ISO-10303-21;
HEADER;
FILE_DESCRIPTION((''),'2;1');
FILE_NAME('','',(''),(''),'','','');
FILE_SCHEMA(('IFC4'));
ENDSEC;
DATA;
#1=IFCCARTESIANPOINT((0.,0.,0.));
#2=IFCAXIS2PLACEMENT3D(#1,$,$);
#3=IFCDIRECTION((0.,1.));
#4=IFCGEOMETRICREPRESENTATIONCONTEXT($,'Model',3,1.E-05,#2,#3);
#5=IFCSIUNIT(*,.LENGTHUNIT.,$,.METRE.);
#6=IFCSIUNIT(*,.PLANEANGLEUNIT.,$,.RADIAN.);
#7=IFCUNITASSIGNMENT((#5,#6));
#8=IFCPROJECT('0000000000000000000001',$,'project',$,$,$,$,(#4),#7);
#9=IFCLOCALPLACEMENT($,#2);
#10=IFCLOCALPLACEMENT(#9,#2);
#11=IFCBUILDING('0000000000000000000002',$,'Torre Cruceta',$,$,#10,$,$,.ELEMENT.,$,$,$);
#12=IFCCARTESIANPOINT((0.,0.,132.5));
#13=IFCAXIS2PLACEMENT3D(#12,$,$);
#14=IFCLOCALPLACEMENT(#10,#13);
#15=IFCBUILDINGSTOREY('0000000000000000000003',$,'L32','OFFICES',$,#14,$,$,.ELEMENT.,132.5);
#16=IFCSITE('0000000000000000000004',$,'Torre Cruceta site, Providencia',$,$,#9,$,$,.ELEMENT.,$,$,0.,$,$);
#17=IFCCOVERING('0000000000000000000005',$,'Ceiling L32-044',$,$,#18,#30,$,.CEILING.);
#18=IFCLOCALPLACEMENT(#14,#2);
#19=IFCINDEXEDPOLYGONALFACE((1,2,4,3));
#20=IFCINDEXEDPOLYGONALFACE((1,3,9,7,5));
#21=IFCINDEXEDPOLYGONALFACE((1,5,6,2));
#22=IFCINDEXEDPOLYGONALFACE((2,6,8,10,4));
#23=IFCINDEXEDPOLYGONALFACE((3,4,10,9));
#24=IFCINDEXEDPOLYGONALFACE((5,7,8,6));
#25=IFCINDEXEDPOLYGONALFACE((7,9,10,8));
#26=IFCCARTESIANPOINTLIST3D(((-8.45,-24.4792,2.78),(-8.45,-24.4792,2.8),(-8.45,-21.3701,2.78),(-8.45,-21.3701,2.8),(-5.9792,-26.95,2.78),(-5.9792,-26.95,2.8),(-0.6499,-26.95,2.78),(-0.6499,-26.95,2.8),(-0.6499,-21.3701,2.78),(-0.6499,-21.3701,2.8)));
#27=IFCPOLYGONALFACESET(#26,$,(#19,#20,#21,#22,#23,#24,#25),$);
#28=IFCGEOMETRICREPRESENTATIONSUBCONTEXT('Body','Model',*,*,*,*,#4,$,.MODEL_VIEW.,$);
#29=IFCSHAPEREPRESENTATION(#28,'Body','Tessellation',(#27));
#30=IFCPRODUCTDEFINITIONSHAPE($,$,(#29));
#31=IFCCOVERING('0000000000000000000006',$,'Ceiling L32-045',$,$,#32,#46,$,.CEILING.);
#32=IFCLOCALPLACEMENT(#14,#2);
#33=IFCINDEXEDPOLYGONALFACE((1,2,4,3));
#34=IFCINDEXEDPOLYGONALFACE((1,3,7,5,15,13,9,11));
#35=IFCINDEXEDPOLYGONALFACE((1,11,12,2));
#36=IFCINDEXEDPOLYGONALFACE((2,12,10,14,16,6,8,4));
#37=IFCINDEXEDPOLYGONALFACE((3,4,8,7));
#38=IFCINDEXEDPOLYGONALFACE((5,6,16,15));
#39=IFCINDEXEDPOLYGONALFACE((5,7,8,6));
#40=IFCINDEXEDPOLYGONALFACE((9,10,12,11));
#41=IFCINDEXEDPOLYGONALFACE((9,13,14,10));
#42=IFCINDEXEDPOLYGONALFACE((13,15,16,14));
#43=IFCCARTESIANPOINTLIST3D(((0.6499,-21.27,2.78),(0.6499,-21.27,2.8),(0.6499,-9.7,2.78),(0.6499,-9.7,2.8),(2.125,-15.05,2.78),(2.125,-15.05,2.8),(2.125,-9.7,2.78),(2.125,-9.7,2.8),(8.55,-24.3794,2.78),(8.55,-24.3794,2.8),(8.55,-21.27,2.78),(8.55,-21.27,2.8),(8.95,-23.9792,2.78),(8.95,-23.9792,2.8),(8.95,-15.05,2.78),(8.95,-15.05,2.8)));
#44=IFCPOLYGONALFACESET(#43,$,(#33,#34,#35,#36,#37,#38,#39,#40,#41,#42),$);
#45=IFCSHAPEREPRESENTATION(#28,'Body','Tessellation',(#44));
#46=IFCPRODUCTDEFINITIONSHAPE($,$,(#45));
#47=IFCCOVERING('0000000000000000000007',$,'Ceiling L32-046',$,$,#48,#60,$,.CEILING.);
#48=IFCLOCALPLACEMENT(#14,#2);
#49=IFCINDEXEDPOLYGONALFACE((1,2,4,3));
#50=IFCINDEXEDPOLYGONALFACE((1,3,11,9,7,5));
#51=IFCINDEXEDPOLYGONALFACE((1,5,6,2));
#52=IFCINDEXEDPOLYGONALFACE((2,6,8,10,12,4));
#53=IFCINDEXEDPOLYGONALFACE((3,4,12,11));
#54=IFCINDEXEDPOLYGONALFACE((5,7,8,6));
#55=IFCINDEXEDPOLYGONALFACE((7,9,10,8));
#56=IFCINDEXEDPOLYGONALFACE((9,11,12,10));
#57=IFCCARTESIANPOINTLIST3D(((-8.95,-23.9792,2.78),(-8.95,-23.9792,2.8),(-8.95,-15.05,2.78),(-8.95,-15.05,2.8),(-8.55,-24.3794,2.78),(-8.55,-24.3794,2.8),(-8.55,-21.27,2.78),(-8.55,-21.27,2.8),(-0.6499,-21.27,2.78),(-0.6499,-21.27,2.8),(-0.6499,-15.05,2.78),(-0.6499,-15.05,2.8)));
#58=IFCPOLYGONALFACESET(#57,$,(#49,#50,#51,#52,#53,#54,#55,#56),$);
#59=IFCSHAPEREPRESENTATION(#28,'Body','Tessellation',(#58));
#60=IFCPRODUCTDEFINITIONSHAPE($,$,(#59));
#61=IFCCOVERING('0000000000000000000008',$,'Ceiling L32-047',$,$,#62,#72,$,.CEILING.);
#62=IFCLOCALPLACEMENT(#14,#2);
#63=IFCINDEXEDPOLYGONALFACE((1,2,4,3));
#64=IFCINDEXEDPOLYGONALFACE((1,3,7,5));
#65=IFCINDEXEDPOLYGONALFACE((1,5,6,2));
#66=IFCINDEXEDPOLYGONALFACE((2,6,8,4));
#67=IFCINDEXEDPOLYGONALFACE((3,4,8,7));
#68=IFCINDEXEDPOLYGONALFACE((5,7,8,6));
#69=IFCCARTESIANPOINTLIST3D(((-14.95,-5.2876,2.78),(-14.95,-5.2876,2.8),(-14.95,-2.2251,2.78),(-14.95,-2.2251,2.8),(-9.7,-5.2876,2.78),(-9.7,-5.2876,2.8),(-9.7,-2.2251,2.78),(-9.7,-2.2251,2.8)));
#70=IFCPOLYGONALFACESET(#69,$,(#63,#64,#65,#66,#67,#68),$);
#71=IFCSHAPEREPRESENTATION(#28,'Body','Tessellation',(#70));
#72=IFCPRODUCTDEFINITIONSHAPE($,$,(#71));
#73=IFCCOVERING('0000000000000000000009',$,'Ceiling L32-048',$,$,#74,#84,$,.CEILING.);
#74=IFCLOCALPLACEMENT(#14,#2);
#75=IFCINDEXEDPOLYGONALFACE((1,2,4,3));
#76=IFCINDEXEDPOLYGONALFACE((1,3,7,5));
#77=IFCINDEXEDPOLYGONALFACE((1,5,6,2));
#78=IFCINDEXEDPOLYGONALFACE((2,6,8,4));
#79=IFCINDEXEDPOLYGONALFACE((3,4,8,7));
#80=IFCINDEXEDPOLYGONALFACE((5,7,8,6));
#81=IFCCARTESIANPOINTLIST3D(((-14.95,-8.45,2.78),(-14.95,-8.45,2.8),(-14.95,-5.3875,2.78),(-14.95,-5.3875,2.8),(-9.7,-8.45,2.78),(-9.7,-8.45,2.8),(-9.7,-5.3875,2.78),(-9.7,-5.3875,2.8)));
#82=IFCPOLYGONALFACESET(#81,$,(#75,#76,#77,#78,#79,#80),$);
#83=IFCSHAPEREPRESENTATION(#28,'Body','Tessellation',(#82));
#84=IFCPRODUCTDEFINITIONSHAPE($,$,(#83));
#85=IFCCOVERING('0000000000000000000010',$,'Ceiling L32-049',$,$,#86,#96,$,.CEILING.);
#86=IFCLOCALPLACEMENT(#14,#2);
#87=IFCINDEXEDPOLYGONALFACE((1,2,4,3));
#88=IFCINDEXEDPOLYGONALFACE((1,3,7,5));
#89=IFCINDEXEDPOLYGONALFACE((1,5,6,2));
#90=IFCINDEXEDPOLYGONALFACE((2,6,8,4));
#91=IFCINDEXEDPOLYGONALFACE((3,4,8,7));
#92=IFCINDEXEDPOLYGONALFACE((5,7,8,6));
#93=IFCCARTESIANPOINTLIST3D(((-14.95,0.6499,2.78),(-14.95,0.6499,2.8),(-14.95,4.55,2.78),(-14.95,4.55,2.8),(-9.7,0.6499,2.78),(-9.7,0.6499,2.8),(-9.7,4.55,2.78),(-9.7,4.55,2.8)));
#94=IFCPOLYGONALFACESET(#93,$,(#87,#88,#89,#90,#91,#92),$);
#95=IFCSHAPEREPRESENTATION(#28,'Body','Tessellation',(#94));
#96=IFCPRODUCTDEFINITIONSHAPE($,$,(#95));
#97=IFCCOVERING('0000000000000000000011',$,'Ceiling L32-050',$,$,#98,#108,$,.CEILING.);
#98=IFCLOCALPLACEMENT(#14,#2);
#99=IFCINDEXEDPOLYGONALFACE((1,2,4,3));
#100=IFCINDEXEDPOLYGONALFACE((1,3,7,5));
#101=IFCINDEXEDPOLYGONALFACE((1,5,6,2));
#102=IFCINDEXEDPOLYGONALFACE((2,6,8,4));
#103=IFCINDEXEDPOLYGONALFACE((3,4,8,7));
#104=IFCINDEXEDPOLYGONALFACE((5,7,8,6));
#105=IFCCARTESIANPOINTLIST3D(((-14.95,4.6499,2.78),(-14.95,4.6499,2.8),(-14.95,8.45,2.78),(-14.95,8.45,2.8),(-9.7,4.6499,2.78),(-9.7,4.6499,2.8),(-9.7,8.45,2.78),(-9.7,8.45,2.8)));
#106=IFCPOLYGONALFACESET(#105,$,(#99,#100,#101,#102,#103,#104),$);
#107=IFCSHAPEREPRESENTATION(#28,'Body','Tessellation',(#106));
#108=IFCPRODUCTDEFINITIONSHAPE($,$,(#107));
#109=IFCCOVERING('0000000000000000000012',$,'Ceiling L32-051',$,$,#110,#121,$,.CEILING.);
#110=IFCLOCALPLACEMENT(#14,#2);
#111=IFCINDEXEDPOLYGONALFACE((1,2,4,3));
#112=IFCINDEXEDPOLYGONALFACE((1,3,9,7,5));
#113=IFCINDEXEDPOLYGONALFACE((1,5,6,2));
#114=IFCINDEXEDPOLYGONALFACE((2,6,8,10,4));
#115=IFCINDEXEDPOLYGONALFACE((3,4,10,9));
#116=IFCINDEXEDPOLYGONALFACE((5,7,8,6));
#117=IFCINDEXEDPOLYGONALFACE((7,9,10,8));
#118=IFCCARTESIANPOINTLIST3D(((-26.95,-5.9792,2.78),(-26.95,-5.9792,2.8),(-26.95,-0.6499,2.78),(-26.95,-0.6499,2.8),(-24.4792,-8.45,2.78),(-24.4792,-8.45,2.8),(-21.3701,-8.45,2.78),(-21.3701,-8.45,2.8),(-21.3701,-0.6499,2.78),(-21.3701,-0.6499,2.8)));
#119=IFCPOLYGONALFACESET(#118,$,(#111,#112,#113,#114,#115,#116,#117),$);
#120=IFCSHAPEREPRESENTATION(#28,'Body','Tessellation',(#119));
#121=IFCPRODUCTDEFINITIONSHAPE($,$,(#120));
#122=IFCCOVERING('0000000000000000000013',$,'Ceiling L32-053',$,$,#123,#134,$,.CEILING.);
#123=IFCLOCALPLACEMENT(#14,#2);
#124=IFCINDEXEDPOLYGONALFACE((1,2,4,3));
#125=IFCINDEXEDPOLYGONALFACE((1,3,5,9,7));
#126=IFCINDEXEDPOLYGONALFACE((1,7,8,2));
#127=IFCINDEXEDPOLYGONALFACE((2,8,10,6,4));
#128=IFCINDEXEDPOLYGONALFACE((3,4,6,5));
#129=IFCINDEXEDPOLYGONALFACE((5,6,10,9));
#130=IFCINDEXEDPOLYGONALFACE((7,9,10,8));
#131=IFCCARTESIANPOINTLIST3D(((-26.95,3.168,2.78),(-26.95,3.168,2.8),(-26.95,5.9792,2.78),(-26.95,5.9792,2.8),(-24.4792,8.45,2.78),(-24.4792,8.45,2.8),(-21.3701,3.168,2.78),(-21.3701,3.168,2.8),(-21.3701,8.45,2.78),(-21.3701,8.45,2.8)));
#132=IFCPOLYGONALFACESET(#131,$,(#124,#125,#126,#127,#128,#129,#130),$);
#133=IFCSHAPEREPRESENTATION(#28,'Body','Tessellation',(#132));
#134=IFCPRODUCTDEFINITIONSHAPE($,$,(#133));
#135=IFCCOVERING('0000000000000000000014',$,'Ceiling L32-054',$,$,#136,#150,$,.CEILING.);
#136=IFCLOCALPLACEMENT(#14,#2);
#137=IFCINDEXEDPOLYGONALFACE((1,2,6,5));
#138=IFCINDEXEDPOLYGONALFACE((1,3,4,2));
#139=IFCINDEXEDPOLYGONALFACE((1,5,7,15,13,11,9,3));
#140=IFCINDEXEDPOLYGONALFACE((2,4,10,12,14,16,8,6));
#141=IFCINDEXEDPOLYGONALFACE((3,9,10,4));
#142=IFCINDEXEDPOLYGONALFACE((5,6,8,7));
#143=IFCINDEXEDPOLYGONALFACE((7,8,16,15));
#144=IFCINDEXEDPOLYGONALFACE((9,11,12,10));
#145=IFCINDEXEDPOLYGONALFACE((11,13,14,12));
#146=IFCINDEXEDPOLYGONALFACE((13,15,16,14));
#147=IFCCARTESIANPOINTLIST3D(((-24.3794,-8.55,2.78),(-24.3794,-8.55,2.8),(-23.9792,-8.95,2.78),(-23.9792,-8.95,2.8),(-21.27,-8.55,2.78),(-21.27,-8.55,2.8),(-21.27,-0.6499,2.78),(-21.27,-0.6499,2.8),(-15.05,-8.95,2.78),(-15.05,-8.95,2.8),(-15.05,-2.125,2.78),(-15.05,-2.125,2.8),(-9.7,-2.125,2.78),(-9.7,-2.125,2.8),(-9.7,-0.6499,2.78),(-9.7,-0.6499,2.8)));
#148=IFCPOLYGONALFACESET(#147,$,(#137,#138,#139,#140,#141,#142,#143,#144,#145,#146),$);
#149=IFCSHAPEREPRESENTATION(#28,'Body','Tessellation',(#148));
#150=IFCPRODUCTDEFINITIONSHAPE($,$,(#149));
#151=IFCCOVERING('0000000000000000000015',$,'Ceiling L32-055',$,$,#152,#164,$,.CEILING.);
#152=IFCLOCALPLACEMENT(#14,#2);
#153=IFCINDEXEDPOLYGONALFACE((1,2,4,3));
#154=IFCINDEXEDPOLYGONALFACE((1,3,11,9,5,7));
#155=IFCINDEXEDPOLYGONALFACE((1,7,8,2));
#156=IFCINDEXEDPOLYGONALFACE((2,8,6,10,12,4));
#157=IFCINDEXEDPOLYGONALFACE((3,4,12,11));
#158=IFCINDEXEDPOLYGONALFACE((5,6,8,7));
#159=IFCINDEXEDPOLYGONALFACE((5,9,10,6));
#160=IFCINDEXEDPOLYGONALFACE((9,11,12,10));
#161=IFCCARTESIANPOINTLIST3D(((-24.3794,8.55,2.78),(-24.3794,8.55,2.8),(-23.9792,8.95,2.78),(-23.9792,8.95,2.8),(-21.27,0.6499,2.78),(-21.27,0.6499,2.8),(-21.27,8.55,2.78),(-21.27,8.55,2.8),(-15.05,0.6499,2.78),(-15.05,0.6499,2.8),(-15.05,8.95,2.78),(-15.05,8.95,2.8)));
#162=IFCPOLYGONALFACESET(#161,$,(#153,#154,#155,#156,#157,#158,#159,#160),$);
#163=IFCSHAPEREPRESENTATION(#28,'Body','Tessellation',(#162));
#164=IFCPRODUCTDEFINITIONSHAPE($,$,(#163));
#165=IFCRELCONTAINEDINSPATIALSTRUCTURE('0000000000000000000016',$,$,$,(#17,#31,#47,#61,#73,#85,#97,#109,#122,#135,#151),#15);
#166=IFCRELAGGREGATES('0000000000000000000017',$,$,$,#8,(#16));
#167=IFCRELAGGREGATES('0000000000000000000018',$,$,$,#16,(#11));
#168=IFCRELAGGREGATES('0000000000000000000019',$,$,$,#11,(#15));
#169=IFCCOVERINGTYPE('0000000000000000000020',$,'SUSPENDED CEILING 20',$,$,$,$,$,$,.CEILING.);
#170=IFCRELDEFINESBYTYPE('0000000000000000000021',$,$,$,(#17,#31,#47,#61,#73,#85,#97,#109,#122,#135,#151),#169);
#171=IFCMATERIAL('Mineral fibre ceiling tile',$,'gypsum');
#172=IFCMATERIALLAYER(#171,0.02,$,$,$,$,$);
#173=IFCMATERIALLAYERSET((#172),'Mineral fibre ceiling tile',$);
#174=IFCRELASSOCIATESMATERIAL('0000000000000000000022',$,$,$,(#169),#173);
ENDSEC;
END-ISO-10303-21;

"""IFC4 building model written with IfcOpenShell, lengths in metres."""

from ifc_helpers import new_model, si_unit, direction, frame, origin, place, context, subcontext, project, spatial, polyline, outline, extrude, material, layer, layer_set, type_object, element, save


model = new_model("IFC4")

# Units and contexts
model_context = context("Model", 3, precision=1e-05, world=origin(), true_north=direction((0.0, 1.0)))
body_context = subcontext(model_context, "Body", "Model", "MODEL_VIEW")
ifc_project = project(units=[si_unit("LENGTHUNIT", "METRE"), si_unit("PLANEANGLEUNIT", "RADIAN")], contexts=[model_context])

# Site, building, storey
site_placement = place(None, origin())
site = spatial("IfcSite", under=ifc_project, at=site_placement, Name="Torre Cruceta site, Providencia", CompositionType="ELEMENT", RefElevation=0.0)
building_placement = place(site_placement, origin())
building = spatial("IfcBuilding", under=site, at=building_placement, Name="Torre Cruceta", CompositionType="ELEMENT")
storey_placement = place(building_placement, frame((0.0, 0.0, 132.5)))
storey = spatial("IfcBuildingStorey", under=building, at=storey_placement, Name="L32", Description="OFFICES", CompositionType="ELEMENT", Elevation=132.5)

# Coverings
ifc_material_1 = material(Name="Mineral fibre ceiling tile", Category="gypsum")
ifc_layer = layer(ifc_material_1, 0.02)
ifc_layer_set = layer_set([ifc_layer], Name="Mineral fibre ceiling tile")
covering_type_1 = type_object("IfcCoveringType", Name="SUSPENDED CEILING 20", PredefinedType="CEILING", material=ifc_layer_set)
covering_1_placement = place(storey_placement, frame((0.0, 0.0, 2.78)))
element("IfcCovering", 1, at=covering_1_placement, inside=storey, type_object=covering_type_1, Name="Ceiling L32-044", PredefinedType="CEILING", context=body_context, shape_type="SweptSolid", body=[
    extrude(outline(polyline([(-8.45, -24.4792), (-8.45, -21.3701), (-0.6499, -21.3701), (-0.6499, -26.95), (-5.9792, -26.95), (-8.45, -24.4792)])), origin(), (0.0, 0.0, 1.0), 0.02),
])
covering_2_placement = place(storey_placement, frame((0.0, 0.0, 2.78)))
element("IfcCovering", 2, at=covering_2_placement, inside=storey, type_object=covering_type_1, Name="Ceiling L32-045", PredefinedType="CEILING", context=body_context, shape_type="SweptSolid", body=[
    extrude(outline(polyline([(2.125, -9.7), (2.125, -15.05), (8.95, -15.05), (8.95, -23.9792), (8.55, -24.3794), (8.55, -21.27), (0.6499, -21.27), (0.6499, -9.7), (2.125, -9.7)])), origin(), (0.0, 0.0, 1.0), 0.02),
])
covering_3_placement = place(storey_placement, frame((0.0, 0.0, 2.78)))
element("IfcCovering", 3, at=covering_3_placement, inside=storey, type_object=covering_type_1, Name="Ceiling L32-046", PredefinedType="CEILING", context=body_context, shape_type="SweptSolid", body=[
    extrude(outline(polyline([(-8.95, -15.05), (-0.6499, -15.05), (-0.6499, -21.27), (-8.55, -21.27), (-8.55, -24.3794), (-8.95, -23.9792), (-8.95, -15.05)])), origin(), (0.0, 0.0, 1.0), 0.02),
])
covering_4_placement = place(storey_placement, frame((0.0, 0.0, 2.78)))
element("IfcCovering", 4, at=covering_4_placement, inside=storey, type_object=covering_type_1, Name="Ceiling L32-047", PredefinedType="CEILING", context=body_context, shape_type="SweptSolid", body=[
    extrude(outline(polyline([(-9.7, -2.2251), (-9.7, -5.2876), (-14.95, -5.2876), (-14.95, -2.2251), (-9.7, -2.2251)])), origin(), (0.0, 0.0, 1.0), 0.02),
])
covering_5_placement = place(storey_placement, frame((0.0, 0.0, 2.78)))
element("IfcCovering", 5, at=covering_5_placement, inside=storey, type_object=covering_type_1, Name="Ceiling L32-048", PredefinedType="CEILING", context=body_context, shape_type="SweptSolid", body=[
    extrude(outline(polyline([(-9.7, -5.3875), (-9.7, -8.45), (-14.95, -8.45), (-14.95, -5.3875), (-9.7, -5.3875)])), origin(), (0.0, 0.0, 1.0), 0.02),
])
covering_6_placement = place(storey_placement, frame((0.0, 0.0, 2.78)))
element("IfcCovering", 6, at=covering_6_placement, inside=storey, type_object=covering_type_1, Name="Ceiling L32-049", PredefinedType="CEILING", context=body_context, shape_type="SweptSolid", body=[
    extrude(outline(polyline([(-9.7, 4.55), (-9.7, 0.6499), (-14.95, 0.6499), (-14.95, 4.55), (-9.7, 4.55)])), origin(), (0.0, 0.0, 1.0), 0.02),
])
covering_7_placement = place(storey_placement, frame((0.0, 0.0, 2.78)))
element("IfcCovering", 7, at=covering_7_placement, inside=storey, type_object=covering_type_1, Name="Ceiling L32-050", PredefinedType="CEILING", context=body_context, shape_type="SweptSolid", body=[
    extrude(outline(polyline([(-9.7, 8.45), (-9.7, 4.6499), (-14.95, 4.6499), (-14.95, 8.45), (-9.7, 8.45)])), origin(), (0.0, 0.0, 1.0), 0.02),
])
covering_8_placement = place(storey_placement, frame((0.0, 0.0, 2.78)))
element("IfcCovering", 8, at=covering_8_placement, inside=storey, type_object=covering_type_1, Name="Ceiling L32-051", PredefinedType="CEILING", context=body_context, shape_type="SweptSolid", body=[
    extrude(outline(polyline([(-26.95, -0.6499), (-21.3701, -0.6499), (-21.3701, -8.45), (-24.4792, -8.45), (-26.95, -5.9792), (-26.95, -0.6499)])), origin(), (0.0, 0.0, 1.0), 0.02),
])
covering_9_placement = place(storey_placement, frame((0.0, 0.0, 2.78)))
element("IfcCovering", 9, at=covering_9_placement, inside=storey, type_object=covering_type_1, Name="Ceiling L32-053", PredefinedType="CEILING", context=body_context, shape_type="SweptSolid", body=[
    extrude(outline(polyline([(-24.4792, 8.45), (-21.3701, 8.45), (-21.3701, 3.168), (-26.95, 3.168), (-26.95, 5.9792), (-24.4792, 8.45)])), origin(), (0.0, 0.0, 1.0), 0.02),
])
covering_10_placement = place(storey_placement, frame((0.0, 0.0, 2.78)))
element("IfcCovering", 10, at=covering_10_placement, inside=storey, type_object=covering_type_1, Name="Ceiling L32-054", PredefinedType="CEILING", context=body_context, shape_type="SweptSolid", body=[
    extrude(outline(polyline([(-9.7, -2.125), (-15.05, -2.125), (-15.05, -8.95), (-23.9792, -8.95), (-24.3794, -8.55), (-21.27, -8.55), (-21.27, -0.6499), (-9.7, -0.6499), (-9.7, -2.125)])), origin(), (0.0, 0.0, 1.0), 0.02),
])
covering_11_placement = place(storey_placement, frame((0.0, 0.0, 2.78)))
element("IfcCovering", 11, at=covering_11_placement, inside=storey, type_object=covering_type_1, Name="Ceiling L32-055", PredefinedType="CEILING", context=body_context, shape_type="SweptSolid", body=[
    extrude(outline(polyline([(-15.05, 8.95), (-15.05, 0.6499), (-21.27, 0.6499), (-21.27, 8.55), (-24.3794, 8.55), (-23.9792, 8.95), (-15.05, 8.95)])), origin(), (0.0, 0.0, 1.0), 0.02),
])

save(model, "model.ifc")
